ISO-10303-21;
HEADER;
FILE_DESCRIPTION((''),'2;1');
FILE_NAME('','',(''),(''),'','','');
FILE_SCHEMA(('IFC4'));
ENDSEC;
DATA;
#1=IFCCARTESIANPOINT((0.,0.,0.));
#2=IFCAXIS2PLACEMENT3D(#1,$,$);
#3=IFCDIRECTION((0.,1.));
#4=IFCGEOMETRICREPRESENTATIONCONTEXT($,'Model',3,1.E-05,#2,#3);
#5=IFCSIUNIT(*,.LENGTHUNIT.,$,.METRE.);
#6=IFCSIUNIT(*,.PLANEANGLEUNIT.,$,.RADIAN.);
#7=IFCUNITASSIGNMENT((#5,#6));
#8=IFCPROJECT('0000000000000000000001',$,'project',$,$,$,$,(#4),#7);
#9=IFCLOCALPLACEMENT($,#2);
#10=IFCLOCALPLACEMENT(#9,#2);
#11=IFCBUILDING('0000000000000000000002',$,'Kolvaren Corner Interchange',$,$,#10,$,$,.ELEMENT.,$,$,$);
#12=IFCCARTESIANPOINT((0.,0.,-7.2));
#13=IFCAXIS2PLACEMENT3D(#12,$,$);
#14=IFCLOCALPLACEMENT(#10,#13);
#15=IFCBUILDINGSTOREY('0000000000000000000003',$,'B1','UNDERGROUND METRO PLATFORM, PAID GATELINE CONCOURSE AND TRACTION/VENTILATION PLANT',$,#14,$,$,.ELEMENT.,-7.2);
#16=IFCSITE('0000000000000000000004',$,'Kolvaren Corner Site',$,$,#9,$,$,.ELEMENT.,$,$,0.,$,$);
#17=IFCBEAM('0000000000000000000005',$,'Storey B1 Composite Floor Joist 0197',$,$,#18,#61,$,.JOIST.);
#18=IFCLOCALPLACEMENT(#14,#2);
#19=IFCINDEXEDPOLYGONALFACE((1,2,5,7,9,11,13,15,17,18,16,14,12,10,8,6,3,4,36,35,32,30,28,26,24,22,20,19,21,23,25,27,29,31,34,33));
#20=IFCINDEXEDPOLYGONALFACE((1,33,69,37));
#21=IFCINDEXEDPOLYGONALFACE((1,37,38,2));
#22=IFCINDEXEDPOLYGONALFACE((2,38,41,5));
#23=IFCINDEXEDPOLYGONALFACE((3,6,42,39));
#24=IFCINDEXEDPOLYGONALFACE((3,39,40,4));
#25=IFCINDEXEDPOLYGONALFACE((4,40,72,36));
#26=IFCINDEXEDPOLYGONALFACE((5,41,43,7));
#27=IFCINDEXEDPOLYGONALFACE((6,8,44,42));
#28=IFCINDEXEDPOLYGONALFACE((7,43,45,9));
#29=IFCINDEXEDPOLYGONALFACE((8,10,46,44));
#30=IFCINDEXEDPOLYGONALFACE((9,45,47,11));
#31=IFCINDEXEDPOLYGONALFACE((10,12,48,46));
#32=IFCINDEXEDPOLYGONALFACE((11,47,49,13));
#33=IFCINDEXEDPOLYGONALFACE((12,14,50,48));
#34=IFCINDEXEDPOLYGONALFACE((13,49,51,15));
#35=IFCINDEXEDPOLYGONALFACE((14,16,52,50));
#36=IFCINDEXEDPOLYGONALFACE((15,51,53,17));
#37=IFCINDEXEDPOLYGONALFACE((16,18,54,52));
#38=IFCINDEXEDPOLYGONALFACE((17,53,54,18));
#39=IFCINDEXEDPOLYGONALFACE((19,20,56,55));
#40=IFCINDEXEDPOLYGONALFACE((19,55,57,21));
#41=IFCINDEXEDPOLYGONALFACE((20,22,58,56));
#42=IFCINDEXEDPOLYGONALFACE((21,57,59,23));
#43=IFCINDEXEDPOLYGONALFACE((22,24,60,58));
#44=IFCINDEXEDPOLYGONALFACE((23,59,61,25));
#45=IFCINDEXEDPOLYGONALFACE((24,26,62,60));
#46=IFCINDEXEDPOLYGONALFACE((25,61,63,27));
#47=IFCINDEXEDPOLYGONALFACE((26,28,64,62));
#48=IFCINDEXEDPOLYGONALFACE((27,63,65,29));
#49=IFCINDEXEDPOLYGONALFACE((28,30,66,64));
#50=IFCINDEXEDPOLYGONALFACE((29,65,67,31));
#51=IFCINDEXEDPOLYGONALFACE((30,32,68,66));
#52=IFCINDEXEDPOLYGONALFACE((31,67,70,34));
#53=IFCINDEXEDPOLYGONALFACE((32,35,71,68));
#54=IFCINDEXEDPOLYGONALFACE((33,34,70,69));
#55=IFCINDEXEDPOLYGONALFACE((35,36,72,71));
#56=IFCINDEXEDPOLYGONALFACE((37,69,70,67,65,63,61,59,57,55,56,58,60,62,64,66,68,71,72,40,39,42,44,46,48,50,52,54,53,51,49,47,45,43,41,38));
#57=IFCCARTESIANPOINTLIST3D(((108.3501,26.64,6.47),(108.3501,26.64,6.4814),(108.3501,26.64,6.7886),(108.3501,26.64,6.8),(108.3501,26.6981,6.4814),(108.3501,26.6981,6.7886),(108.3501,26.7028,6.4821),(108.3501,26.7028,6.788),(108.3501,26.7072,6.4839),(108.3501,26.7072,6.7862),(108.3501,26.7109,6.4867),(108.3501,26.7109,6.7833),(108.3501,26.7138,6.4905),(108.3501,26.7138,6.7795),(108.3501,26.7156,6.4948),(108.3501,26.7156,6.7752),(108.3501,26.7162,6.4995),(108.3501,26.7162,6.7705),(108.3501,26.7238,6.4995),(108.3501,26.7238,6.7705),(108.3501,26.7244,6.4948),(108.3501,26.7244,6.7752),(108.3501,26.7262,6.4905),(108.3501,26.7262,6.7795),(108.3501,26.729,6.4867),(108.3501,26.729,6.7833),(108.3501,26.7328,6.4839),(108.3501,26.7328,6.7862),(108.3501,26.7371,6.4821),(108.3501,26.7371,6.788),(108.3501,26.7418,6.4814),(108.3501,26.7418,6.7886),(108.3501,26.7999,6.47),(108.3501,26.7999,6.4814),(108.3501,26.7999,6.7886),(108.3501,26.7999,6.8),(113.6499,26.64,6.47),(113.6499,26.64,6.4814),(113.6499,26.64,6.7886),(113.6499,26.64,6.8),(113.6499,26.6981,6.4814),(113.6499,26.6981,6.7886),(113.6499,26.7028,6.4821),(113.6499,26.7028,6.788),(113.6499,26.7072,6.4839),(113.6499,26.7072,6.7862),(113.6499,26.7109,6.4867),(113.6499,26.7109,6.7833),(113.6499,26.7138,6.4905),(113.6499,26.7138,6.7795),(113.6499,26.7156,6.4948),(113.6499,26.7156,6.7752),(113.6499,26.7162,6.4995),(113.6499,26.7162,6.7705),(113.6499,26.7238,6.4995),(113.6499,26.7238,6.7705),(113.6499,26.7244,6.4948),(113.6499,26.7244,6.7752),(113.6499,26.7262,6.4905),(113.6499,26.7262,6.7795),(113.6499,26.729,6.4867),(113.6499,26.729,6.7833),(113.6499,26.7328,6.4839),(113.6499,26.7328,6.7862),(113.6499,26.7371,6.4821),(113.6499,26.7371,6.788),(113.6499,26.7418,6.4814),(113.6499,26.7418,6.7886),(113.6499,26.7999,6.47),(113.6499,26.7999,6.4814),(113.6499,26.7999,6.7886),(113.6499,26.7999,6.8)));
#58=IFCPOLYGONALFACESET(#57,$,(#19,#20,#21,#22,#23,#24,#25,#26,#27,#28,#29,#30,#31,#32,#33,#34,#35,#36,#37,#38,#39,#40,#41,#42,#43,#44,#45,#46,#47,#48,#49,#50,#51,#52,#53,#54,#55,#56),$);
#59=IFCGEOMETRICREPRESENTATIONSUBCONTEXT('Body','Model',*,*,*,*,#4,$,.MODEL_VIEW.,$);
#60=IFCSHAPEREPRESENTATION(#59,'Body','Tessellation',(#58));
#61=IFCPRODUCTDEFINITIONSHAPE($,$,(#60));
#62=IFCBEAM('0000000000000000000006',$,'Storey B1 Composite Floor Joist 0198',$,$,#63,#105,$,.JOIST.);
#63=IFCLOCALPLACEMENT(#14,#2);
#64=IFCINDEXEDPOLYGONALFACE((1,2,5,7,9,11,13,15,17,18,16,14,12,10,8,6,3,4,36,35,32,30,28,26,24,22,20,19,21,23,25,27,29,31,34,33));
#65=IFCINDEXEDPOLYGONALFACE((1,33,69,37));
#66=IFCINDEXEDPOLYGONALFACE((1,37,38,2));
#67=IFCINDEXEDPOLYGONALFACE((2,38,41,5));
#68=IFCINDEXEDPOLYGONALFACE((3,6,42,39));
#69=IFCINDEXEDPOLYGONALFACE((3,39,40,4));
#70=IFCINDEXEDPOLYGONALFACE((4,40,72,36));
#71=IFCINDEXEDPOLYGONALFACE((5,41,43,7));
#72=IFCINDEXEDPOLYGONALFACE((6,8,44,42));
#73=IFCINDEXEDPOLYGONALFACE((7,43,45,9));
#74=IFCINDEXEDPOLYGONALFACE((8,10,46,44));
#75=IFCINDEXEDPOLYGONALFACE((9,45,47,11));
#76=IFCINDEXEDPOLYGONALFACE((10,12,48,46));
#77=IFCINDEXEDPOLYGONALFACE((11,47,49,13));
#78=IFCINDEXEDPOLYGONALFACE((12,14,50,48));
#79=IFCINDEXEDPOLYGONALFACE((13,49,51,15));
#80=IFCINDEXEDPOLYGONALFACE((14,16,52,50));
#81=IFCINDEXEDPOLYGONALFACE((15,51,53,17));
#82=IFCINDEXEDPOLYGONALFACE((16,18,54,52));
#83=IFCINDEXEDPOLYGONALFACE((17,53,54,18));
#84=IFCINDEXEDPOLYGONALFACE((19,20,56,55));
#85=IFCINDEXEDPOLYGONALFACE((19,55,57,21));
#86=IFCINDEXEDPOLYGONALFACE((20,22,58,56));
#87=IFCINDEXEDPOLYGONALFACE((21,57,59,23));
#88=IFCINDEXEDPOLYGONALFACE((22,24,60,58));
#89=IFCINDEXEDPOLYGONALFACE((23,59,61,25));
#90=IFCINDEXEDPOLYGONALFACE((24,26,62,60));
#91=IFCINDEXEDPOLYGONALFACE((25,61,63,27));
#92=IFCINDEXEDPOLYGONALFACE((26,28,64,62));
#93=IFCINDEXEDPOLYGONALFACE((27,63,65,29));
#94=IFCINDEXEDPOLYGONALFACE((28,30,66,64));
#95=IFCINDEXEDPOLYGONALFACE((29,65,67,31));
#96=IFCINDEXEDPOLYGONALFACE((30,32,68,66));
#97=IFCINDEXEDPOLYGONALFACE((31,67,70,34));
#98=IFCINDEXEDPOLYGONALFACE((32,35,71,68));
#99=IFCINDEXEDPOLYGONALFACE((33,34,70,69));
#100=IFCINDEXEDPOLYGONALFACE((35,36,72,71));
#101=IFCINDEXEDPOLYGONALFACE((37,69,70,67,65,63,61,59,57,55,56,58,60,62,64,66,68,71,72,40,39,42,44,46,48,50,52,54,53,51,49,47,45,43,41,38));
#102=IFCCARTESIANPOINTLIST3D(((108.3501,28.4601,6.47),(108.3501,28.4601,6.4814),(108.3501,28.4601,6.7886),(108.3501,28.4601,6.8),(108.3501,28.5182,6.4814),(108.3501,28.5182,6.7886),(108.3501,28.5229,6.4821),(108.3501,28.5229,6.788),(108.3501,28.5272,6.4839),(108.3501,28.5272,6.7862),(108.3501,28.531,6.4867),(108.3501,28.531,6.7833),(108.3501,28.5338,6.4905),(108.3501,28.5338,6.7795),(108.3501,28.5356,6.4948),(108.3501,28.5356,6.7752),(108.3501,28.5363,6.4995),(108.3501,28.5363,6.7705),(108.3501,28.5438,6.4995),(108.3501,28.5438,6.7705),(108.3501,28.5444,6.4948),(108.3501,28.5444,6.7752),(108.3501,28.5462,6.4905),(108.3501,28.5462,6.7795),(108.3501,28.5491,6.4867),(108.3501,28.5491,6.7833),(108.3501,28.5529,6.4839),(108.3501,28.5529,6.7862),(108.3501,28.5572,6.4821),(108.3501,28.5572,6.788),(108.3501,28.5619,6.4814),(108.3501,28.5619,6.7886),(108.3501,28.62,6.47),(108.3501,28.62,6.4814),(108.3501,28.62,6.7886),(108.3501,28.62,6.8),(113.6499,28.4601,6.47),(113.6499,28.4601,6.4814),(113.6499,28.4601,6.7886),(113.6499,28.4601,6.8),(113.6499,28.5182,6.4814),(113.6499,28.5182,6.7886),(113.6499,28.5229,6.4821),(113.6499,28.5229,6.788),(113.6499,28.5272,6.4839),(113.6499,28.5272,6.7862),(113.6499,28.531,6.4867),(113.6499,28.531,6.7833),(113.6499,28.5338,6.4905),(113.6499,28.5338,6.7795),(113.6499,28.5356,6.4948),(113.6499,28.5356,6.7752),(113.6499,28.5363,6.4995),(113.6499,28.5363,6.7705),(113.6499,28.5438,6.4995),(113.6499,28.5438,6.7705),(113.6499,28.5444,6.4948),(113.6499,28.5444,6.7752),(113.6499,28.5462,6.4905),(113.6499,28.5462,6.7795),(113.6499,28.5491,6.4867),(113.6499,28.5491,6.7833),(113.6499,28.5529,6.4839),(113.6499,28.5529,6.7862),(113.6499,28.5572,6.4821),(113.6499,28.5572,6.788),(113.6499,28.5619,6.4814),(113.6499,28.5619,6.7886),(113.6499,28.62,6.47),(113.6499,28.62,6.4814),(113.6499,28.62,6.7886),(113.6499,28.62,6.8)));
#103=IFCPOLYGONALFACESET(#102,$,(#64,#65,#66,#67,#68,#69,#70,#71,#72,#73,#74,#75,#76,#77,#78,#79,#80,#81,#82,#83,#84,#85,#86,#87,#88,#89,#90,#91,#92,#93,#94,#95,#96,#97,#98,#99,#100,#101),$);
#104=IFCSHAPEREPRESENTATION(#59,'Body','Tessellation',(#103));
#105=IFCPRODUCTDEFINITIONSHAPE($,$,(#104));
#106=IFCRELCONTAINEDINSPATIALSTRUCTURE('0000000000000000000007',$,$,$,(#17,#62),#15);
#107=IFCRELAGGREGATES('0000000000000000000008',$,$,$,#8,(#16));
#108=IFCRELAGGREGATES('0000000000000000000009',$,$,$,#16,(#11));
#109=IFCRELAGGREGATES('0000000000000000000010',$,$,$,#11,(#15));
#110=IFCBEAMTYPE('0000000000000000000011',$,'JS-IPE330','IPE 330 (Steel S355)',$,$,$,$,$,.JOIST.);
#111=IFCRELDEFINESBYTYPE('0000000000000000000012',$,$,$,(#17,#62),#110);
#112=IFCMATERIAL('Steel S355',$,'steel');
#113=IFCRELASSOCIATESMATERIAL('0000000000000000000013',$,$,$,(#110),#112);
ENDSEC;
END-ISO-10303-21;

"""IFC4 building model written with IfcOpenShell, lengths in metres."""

from ifc_helpers import new_model, si_unit, direction, frame, origin, origin_2d, place, context, subcontext, project, spatial, i_section, extrude, material, material_profile, profile_set, type_object, element, save


model = new_model("IFC4")

# Units and contexts
model_context = context("Model", 3, precision=1e-05, world=origin(), true_north=direction((0.0, 1.0)))
body_context = subcontext(model_context, "Body", "Model", "MODEL_VIEW")
ifc_project = project(units=[si_unit("LENGTHUNIT", "METRE"), si_unit("PLANEANGLEUNIT", "RADIAN")], contexts=[model_context])

# Site, building, storey
site_placement = place(None, origin())
site = spatial("IfcSite", under=ifc_project, at=site_placement, Name="Kolvaren Corner Site", CompositionType="ELEMENT", RefElevation=0.0)
building_placement = place(site_placement, origin())
building = spatial("IfcBuilding", under=site, at=building_placement, Name="Kolvaren Corner Interchange", CompositionType="ELEMENT")
storey_placement = place(building_placement, frame((0.0, 0.0, -7.2)))
storey = spatial("IfcBuildingStorey", under=building, at=storey_placement, Name="B1", Description="UNDERGROUND METRO PLATFORM, PAID GATELINE CONCOURSE AND TRACTION/VENTILATION PLANT", CompositionType="ELEMENT", Elevation=-7.2)

# Beams
ifc_material_1 = material(Name="Steel S355", Category="steel")
ifc_material_profile_1 = material_profile(ifc_material_1, i_section(OverallWidth=0.1599, OverallDepth=0.3301, WebThickness=0.0076, FlangeThickness=0.0115, FilletRadius=0.0181, at=origin_2d()), Name="IPE 330")
ifc_profile_set_1 = profile_set([ifc_material_profile_1], Name="Steel S355")
beam_type_1 = type_object("IfcBeamType", Name="JS-IPE330", Description="IPE 330 (Steel S355)", PredefinedType="JOIST", material=ifc_profile_set_1)
for number, where, z_axis, x_axis, name in (
    (1, (108.3501, 26.72, 6.635), (1.0, 0.0, 0.0), (0.0, 1.0, 0.0), "Storey B1 Composite Floor Joist 0197"),
    (2, (108.3501, 28.54, 6.635), (1.0, 0.0, 0.0), (0.0, 1.0, 0.0), "Storey B1 Composite Floor Joist 0198"),
):
    element("IfcBeam", number, at=place(storey_placement, frame(where, z_axis=z_axis, x_axis=x_axis)), inside=storey, type_object=beam_type_1, Name=name, PredefinedType="JOIST", context=body_context, shape_type="SweptSolid", body=[
        extrude(i_section(OverallWidth=0.1599, OverallDepth=0.3301, WebThickness=0.0076, FlangeThickness=0.0115, FilletRadius=0.0181, at=origin_2d()), origin(), (0.0, 0.0, 1.0), 5.2998),
    ])

save(model, "model.ifc")
